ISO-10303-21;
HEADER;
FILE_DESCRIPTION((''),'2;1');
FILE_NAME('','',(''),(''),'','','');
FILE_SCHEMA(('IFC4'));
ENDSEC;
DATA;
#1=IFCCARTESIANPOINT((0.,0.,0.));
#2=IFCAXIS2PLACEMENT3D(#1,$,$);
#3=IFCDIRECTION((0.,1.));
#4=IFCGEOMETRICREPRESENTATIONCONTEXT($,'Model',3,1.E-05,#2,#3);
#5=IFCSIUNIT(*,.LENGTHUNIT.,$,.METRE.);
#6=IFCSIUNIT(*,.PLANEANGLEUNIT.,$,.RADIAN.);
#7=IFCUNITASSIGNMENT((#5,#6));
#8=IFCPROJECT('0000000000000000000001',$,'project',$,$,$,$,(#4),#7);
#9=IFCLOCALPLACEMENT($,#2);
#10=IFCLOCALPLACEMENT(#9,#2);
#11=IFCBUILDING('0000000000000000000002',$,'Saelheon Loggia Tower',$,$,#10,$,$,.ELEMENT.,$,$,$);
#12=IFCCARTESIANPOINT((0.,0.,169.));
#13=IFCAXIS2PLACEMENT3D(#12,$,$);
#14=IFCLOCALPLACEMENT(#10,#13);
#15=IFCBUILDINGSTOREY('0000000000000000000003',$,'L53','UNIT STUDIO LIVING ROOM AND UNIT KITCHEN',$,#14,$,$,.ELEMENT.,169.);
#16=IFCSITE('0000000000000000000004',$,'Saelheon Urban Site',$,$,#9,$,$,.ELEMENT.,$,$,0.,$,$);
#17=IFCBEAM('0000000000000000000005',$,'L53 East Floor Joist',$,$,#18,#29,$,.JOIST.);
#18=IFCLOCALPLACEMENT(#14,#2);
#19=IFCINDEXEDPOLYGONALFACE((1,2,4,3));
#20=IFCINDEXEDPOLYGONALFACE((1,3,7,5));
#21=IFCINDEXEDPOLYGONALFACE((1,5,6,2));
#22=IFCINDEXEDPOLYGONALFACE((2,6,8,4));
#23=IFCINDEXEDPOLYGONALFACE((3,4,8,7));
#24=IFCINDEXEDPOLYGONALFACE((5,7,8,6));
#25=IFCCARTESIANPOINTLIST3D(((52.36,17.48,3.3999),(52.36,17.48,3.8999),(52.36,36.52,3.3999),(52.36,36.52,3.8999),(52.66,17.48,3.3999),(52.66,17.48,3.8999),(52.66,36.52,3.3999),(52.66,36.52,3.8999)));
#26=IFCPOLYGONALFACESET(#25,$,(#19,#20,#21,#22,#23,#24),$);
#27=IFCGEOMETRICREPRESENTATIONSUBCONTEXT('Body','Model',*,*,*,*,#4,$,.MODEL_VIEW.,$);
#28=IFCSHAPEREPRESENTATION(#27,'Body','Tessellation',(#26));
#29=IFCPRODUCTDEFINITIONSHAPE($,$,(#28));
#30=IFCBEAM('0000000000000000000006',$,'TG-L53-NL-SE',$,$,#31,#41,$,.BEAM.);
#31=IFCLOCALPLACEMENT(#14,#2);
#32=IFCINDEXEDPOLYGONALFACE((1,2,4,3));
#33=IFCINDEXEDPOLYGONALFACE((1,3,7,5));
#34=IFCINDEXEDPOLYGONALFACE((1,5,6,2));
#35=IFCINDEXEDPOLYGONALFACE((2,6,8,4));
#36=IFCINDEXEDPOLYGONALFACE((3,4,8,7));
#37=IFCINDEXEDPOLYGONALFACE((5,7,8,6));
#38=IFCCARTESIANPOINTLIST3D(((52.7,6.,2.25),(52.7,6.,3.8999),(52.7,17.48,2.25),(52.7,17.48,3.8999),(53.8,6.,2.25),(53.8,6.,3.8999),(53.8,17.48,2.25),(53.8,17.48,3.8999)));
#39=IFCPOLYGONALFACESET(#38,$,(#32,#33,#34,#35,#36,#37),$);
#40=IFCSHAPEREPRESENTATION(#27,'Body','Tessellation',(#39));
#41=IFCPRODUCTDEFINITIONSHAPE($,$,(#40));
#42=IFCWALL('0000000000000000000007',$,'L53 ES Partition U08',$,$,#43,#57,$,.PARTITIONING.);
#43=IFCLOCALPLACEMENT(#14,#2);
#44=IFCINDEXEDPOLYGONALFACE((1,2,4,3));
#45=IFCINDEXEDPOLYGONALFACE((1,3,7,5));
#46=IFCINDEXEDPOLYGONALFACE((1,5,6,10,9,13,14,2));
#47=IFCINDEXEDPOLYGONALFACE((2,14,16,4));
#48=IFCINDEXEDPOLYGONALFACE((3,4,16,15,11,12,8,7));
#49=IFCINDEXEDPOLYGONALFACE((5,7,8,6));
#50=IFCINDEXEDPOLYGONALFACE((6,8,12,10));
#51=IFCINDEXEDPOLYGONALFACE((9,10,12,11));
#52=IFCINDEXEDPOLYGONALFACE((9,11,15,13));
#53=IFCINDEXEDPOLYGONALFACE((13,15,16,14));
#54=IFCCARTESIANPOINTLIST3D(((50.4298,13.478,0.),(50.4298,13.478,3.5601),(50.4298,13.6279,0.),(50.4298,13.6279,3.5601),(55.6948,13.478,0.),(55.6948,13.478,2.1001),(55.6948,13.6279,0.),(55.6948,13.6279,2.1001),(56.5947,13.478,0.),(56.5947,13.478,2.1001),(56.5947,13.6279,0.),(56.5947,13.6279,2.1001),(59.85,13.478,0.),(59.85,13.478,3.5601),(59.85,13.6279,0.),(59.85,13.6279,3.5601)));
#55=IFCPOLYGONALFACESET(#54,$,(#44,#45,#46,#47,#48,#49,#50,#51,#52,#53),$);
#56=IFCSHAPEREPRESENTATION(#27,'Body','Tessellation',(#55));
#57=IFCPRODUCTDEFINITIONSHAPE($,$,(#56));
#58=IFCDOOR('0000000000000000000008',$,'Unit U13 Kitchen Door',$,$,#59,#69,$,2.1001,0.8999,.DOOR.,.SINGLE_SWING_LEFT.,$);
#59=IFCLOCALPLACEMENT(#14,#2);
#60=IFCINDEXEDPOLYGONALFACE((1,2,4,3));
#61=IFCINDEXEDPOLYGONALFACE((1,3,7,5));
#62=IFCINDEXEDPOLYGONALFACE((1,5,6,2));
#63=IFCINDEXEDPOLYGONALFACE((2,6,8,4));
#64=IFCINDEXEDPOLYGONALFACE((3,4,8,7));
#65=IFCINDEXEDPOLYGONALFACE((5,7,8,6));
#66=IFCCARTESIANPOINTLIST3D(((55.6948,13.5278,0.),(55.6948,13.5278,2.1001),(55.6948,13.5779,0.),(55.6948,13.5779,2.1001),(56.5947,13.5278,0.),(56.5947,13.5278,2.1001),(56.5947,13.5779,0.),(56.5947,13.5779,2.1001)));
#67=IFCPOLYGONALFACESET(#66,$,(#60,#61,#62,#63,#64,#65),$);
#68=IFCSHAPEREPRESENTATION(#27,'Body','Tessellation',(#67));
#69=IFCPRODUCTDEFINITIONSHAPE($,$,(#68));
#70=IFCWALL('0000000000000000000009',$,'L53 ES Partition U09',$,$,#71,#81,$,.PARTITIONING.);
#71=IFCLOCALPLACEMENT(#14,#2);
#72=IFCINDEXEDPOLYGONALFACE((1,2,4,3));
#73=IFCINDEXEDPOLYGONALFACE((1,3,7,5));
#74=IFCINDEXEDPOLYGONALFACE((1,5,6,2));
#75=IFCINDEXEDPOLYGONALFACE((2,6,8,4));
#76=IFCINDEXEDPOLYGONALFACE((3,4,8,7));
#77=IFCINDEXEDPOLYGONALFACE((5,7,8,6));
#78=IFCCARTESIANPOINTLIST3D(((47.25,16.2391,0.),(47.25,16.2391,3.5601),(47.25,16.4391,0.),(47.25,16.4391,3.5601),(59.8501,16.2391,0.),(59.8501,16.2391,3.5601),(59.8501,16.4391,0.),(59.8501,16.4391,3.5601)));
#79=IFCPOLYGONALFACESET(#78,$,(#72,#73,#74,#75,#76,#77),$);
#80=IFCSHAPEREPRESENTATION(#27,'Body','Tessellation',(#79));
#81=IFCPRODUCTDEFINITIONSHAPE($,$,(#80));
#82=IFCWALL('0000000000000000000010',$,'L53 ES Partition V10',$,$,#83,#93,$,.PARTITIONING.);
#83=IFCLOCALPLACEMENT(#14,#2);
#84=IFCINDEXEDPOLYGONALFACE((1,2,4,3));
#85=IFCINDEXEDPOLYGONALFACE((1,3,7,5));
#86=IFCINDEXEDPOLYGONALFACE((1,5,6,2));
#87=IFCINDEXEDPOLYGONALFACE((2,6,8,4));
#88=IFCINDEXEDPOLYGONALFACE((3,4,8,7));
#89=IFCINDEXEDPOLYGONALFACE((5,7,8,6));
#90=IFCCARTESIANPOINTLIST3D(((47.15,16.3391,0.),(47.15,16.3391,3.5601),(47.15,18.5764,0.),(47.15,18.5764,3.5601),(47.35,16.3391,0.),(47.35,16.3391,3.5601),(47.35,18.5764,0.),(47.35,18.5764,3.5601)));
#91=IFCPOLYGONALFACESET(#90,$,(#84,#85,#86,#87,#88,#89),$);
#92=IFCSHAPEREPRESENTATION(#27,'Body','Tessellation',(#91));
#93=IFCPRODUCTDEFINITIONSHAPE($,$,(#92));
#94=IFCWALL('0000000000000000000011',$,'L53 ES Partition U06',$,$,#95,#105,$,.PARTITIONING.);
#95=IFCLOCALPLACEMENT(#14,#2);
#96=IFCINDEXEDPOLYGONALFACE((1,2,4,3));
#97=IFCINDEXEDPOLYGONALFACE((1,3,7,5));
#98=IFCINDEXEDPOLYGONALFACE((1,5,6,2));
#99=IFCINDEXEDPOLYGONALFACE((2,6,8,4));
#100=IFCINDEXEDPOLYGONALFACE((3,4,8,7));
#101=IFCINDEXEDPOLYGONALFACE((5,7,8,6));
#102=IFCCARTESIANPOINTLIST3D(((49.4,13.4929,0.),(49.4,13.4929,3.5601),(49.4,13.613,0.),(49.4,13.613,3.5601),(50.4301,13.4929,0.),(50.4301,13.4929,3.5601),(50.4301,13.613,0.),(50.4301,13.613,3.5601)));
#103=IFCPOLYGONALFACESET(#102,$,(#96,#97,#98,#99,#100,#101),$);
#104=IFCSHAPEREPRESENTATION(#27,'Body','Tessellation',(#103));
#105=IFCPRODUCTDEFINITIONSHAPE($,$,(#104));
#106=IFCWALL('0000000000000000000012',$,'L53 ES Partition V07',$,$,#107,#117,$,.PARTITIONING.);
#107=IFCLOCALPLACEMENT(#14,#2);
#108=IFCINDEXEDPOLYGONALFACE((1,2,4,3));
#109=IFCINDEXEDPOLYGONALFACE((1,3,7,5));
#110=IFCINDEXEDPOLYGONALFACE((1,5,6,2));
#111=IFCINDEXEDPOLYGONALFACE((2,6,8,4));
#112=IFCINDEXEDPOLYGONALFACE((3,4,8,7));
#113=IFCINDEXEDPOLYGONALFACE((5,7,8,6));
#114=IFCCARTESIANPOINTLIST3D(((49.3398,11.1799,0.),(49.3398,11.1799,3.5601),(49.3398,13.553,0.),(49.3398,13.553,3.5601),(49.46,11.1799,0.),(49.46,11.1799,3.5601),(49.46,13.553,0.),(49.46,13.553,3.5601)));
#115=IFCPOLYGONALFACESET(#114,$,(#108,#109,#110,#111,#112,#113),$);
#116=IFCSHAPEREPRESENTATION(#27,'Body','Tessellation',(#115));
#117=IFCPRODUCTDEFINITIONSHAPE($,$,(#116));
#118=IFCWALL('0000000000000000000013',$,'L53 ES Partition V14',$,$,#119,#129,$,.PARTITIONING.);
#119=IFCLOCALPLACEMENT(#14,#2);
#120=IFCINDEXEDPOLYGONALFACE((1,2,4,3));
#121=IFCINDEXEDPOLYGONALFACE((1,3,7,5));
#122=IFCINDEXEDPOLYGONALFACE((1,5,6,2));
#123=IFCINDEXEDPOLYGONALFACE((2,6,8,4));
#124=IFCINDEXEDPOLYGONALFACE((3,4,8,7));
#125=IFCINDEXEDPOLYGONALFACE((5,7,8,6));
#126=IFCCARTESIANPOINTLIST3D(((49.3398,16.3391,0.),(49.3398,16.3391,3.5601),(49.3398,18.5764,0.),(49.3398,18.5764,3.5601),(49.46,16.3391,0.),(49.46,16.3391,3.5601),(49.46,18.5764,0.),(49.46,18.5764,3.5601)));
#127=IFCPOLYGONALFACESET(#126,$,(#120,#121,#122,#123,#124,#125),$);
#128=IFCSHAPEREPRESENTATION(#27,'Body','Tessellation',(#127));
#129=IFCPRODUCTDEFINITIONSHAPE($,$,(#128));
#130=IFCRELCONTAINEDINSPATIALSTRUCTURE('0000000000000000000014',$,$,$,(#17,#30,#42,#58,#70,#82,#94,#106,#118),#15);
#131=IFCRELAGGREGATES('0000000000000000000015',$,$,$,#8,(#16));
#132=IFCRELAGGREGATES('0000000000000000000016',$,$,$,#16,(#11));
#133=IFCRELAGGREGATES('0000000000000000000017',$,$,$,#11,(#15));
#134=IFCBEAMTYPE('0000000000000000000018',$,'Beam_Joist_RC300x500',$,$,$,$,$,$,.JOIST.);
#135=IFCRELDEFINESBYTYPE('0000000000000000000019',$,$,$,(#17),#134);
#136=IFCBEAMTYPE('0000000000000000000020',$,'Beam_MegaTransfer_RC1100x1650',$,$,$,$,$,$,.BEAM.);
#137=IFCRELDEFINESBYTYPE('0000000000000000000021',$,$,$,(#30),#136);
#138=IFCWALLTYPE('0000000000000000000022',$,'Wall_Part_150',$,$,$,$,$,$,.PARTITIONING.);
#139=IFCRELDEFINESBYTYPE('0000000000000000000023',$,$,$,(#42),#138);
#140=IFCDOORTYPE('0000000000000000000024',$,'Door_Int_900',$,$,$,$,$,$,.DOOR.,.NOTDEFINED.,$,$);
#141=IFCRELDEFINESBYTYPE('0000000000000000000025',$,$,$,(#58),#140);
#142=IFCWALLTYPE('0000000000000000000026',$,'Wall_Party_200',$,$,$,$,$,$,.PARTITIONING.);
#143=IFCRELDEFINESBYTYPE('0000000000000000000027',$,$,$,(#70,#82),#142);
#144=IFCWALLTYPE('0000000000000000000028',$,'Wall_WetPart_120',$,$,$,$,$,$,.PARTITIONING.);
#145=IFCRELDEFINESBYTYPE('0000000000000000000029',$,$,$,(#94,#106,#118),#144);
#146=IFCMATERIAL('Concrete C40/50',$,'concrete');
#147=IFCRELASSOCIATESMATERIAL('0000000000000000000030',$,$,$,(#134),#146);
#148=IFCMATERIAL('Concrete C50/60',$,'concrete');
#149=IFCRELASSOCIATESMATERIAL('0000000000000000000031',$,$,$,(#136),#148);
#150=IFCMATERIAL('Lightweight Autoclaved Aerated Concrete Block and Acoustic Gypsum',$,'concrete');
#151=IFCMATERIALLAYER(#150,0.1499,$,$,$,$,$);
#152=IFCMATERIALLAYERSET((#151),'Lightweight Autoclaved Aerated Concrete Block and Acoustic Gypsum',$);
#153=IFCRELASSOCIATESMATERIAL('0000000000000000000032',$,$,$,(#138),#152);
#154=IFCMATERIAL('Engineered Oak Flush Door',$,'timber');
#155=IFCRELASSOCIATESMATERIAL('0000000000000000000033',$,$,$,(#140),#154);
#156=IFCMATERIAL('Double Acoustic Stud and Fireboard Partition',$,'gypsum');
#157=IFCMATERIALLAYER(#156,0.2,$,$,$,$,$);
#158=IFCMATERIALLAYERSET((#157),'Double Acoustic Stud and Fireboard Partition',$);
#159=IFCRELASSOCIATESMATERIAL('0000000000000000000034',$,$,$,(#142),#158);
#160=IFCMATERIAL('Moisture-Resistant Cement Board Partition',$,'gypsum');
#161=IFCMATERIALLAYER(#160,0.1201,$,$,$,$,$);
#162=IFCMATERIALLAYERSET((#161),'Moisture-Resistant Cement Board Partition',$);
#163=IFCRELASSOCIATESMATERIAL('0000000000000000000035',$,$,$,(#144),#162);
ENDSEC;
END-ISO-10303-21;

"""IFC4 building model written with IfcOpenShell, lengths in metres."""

from ifc_helpers import new_model, si_unit, direction, frame, frame_2d, origin, origin_2d, place, context, subcontext, project, spatial, rectangle, extrude, source, transform, mapped, material, layer, layer_set, material_profile, profile_set, type_object, element, fill, save


model = new_model("IFC4")

# Units and contexts
model_context = context("Model", 3, precision=1e-05, world=origin(), true_north=direction((0.0, 1.0)))
body_context = subcontext(model_context, "Body", "Model", "MODEL_VIEW")
ifc_project = project(units=[si_unit("LENGTHUNIT", "METRE"), si_unit("PLANEANGLEUNIT", "RADIAN")], contexts=[model_context])

# Site, building, storey
site_placement = place(None, origin())
site = spatial("IfcSite", under=ifc_project, at=site_placement, Name="Saelheon Urban Site", CompositionType="ELEMENT", RefElevation=0.0)
building_placement = place(site_placement, origin())
building = spatial("IfcBuilding", under=site, at=building_placement, Name="Saelheon Loggia Tower", CompositionType="ELEMENT")
storey_placement = place(building_placement, frame((0.0, 0.0, 169.0)))
storey = spatial("IfcBuildingStorey", under=building, at=storey_placement, Name="L53", Description="UNIT STUDIO LIVING ROOM AND UNIT KITCHEN", CompositionType="ELEMENT", Elevation=169.0)

# Beams
ifc_material_1 = material(Name="Concrete C40/50", Category="concrete")
ifc_material_profile_1 = material_profile(ifc_material_1, rectangle(XDim=0.3, YDim=0.5, at=origin_2d()), Name="RC-300x500")
ifc_profile_set_1 = profile_set([ifc_material_profile_1], Name="Concrete C40/50")
beam_type_1 = type_object("IfcBeamType", Name="Beam_Joist_RC300x500", PredefinedType="JOIST", material=ifc_profile_set_1)
shared_shape_1 = source(origin(), body_context, "Body", "SweptSolid", [
    extrude(rectangle(XDim=0.3, YDim=0.5, at=origin_2d()), origin(), (0.0, 0.0, 1.0), 19.04),
])
beam_1_placement = place(storey_placement, frame((52.51, 17.48, 3.6499), z_axis=(0.0, 1.0, 0.0), x_axis=(-1.0, 0.0, 0.0)))
element("IfcBeam", 1, at=beam_1_placement, inside=storey, type_object=beam_type_1, Name="L53 East Floor Joist", PredefinedType="JOIST", context=body_context, shape_type="MappedRepresentation", body=[
    mapped(shared_shape_1, transform((0.0, 0.0, 0.0), scale=1.0)),
])
ifc_material_2 = material(Name="Concrete C50/60", Category="concrete")
ifc_material_profile_2 = material_profile(ifc_material_2, rectangle(XDim=1.1001, YDim=1.6499, at=origin_2d()), Name="RC-1100x1650")
ifc_profile_set_2 = profile_set([ifc_material_profile_2], Name="Concrete C50/60")
beam_type_2 = type_object("IfcBeamType", Name="Beam_MegaTransfer_RC1100x1650", PredefinedType="BEAM", material=ifc_profile_set_2)
shared_shape_2 = source(origin(), body_context, "Body", "SweptSolid", [
    extrude(rectangle(XDim=1.1001, YDim=1.6499, at=origin_2d()), origin(), (0.0, 0.0, 1.0), 11.48),
])
beam_2_placement = place(storey_placement, frame((53.25, 6.0, 3.075), z_axis=(0.0, 1.0, 0.0), x_axis=(-1.0, 0.0, 0.0)))
element("IfcBeam", 2, at=beam_2_placement, inside=storey, type_object=beam_type_2, Name="TG-L53-NL-SE", PredefinedType="BEAM", context=body_context, shape_type="MappedRepresentation", body=[
    mapped(shared_shape_2, transform((0.0, 0.0, 0.0), scale=1.0)),
])

# Wall, opening, door
ifc_material_3 = material(Name="Lightweight Autoclaved Aerated Concrete Block and Acoustic Gypsum", Category="concrete")
ifc_layer_1 = layer(ifc_material_3, 0.1499)
ifc_layer_set_1 = layer_set([ifc_layer_1], Name="Lightweight Autoclaved Aerated Concrete Block and Acoustic Gypsum")
wall_type_1 = type_object("IfcWallType", Name="Wall_Part_150", PredefinedType="PARTITIONING", material=ifc_layer_set_1)
wall_1_placement = place(storey_placement, frame((50.4299, 13.553, 0.0), z_axis=(0.0, 0.0, 1.0), x_axis=(1.0, 0.0, 0.0)))
wall_1 = element("IfcWall", 3, at=wall_1_placement, inside=storey, type_object=wall_type_1, Name="L53 ES Partition U08", PredefinedType="PARTITIONING", context=body_context, shape_type="SweptSolid", body=[
    extrude(rectangle(XDim=9.4202, YDim=0.1499, at=frame_2d((4.71, 0.0))), origin(), (0.0, 0.0, 1.0), 3.5601),
])
opening_placement = place(wall_1_placement, frame((5.2649, 0.0, 0.0)))
opening = element("IfcOpeningElement", 4, at=opening_placement, cuts=wall_1, PredefinedType="OPENING", context=body_context, shape_type="SweptSolid", body=[
    extrude(rectangle(XDim=0.8999, YDim=2.1001, at=frame_2d((0.45, 1.05))), frame((0.0, 0.0869, 0.0), z_axis=(0.0, -1.0, 0.0), x_axis=(1.0, 0.0, 0.0)), (0.0, 0.0, 1.0), 0.1738),
])
ifc_material_4 = material(Name="Engineered Oak Flush Door", Category="timber")
door_type = type_object("IfcDoorType", Name="Door_Int_900", OperationType="NOTDEFINED", PredefinedType="DOOR", material=ifc_material_4)
shared_shape_3 = source(origin(), body_context, "Body", "SweptSolid", [
    extrude(rectangle(XDim=0.8999, YDim=2.1001, at=frame_2d((0.45, 1.05))), frame((0.0, 0.0249, 0.0), z_axis=(0.0, -1.0, 0.0), x_axis=(1.0, 0.0, 0.0)), (0.0, 0.0, 1.0), 0.05),
])
door_placement = place(opening_placement, origin())
door = element("IfcDoor", 5, at=door_placement, inside=storey, type_object=door_type, Name="Unit U13 Kitchen Door", OperationType="SINGLE_SWING_LEFT", OverallHeight=2.1001, OverallWidth=0.8999, PredefinedType="DOOR", context=body_context, shape_type="MappedRepresentation", body=[
    mapped(shared_shape_3, transform((0.0, 0.0, 0.0), scale=1.0)),
])
fill(opening, door)

# Walls
ifc_material_5 = material(Name="Double Acoustic Stud and Fireboard Partition", Category="gypsum")
ifc_layer_2 = layer(ifc_material_5, 0.2)
ifc_layer_set_2 = layer_set([ifc_layer_2], Name="Double Acoustic Stud and Fireboard Partition")
wall_type_2 = type_object("IfcWallType", Name="Wall_Party_200", PredefinedType="PARTITIONING", material=ifc_layer_set_2)
wall_2_placement = place(storey_placement, frame((47.25, 16.3391, 0.0), z_axis=(0.0, 0.0, 1.0), x_axis=(1.0, 0.0, 0.0)))
element("IfcWall", 6, at=wall_2_placement, inside=storey, type_object=wall_type_2, Name="L53 ES Partition U09", PredefinedType="PARTITIONING", context=body_context, shape_type="SweptSolid", body=[
    extrude(rectangle(XDim=12.6001, YDim=0.2, at=frame_2d((6.3, 0.0))), origin(), (0.0, 0.0, 1.0), 3.5601),
])
wall_3_placement = place(storey_placement, frame((47.25, 16.3391, 0.0), z_axis=(0.0, 0.0, 1.0), x_axis=(0.0, 1.0, 0.0)))
element("IfcWall", 7, at=wall_3_placement, inside=storey, type_object=wall_type_2, Name="L53 ES Partition V10", PredefinedType="PARTITIONING", context=body_context, shape_type="SweptSolid", body=[
    extrude(rectangle(XDim=2.2373, YDim=0.2, at=frame_2d((1.1187, 0.0))), origin(), (0.0, 0.0, 1.0), 3.5601),
])
ifc_material_6 = material(Name="Moisture-Resistant Cement Board Partition", Category="gypsum")
ifc_layer_3 = layer(ifc_material_6, 0.1201)
ifc_layer_set_3 = layer_set([ifc_layer_3], Name="Moisture-Resistant Cement Board Partition")
wall_type_3 = type_object("IfcWallType", Name="Wall_WetPart_120", PredefinedType="PARTITIONING", material=ifc_layer_set_3)
wall_4_placement = place(storey_placement, frame((49.3999, 13.553, 0.0), z_axis=(0.0, 0.0, 1.0), x_axis=(1.0, 0.0, 0.0)))
element("IfcWall", 8, at=wall_4_placement, inside=storey, type_object=wall_type_3, Name="L53 ES Partition U06", PredefinedType="PARTITIONING", context=body_context, shape_type="SweptSolid", body=[
    extrude(rectangle(XDim=1.03, YDim=0.1201, at=frame_2d((0.5151, 0.0))), origin(), (0.0, 0.0, 1.0), 3.5601),
])
wall_5_placement = place(storey_placement, frame((49.3999, 11.1799, 0.0), z_axis=(0.0, 0.0, 1.0), x_axis=(0.0, 1.0, 0.0)))
element("IfcWall", 9, at=wall_5_placement, inside=storey, type_object=wall_type_3, Name="L53 ES Partition V07", PredefinedType="PARTITIONING", context=body_context, shape_type="SweptSolid", body=[
    extrude(rectangle(XDim=2.373, YDim=0.1201, at=frame_2d((1.1865, 0.0))), origin(), (0.0, 0.0, 1.0), 3.5601),
])
wall_6_placement = place(storey_placement, frame((49.3999, 16.3391, 0.0), z_axis=(0.0, 0.0, 1.0), x_axis=(0.0, 1.0, 0.0)))
element("IfcWall", 10, at=wall_6_placement, inside=storey, type_object=wall_type_3, Name="L53 ES Partition V14", PredefinedType="PARTITIONING", context=body_context, shape_type="SweptSolid", body=[
    extrude(rectangle(XDim=2.2373, YDim=0.1201, at=frame_2d((1.1187, 0.0))), origin(), (0.0, 0.0, 1.0), 3.5601),
])

save(model, "model.ifc")
